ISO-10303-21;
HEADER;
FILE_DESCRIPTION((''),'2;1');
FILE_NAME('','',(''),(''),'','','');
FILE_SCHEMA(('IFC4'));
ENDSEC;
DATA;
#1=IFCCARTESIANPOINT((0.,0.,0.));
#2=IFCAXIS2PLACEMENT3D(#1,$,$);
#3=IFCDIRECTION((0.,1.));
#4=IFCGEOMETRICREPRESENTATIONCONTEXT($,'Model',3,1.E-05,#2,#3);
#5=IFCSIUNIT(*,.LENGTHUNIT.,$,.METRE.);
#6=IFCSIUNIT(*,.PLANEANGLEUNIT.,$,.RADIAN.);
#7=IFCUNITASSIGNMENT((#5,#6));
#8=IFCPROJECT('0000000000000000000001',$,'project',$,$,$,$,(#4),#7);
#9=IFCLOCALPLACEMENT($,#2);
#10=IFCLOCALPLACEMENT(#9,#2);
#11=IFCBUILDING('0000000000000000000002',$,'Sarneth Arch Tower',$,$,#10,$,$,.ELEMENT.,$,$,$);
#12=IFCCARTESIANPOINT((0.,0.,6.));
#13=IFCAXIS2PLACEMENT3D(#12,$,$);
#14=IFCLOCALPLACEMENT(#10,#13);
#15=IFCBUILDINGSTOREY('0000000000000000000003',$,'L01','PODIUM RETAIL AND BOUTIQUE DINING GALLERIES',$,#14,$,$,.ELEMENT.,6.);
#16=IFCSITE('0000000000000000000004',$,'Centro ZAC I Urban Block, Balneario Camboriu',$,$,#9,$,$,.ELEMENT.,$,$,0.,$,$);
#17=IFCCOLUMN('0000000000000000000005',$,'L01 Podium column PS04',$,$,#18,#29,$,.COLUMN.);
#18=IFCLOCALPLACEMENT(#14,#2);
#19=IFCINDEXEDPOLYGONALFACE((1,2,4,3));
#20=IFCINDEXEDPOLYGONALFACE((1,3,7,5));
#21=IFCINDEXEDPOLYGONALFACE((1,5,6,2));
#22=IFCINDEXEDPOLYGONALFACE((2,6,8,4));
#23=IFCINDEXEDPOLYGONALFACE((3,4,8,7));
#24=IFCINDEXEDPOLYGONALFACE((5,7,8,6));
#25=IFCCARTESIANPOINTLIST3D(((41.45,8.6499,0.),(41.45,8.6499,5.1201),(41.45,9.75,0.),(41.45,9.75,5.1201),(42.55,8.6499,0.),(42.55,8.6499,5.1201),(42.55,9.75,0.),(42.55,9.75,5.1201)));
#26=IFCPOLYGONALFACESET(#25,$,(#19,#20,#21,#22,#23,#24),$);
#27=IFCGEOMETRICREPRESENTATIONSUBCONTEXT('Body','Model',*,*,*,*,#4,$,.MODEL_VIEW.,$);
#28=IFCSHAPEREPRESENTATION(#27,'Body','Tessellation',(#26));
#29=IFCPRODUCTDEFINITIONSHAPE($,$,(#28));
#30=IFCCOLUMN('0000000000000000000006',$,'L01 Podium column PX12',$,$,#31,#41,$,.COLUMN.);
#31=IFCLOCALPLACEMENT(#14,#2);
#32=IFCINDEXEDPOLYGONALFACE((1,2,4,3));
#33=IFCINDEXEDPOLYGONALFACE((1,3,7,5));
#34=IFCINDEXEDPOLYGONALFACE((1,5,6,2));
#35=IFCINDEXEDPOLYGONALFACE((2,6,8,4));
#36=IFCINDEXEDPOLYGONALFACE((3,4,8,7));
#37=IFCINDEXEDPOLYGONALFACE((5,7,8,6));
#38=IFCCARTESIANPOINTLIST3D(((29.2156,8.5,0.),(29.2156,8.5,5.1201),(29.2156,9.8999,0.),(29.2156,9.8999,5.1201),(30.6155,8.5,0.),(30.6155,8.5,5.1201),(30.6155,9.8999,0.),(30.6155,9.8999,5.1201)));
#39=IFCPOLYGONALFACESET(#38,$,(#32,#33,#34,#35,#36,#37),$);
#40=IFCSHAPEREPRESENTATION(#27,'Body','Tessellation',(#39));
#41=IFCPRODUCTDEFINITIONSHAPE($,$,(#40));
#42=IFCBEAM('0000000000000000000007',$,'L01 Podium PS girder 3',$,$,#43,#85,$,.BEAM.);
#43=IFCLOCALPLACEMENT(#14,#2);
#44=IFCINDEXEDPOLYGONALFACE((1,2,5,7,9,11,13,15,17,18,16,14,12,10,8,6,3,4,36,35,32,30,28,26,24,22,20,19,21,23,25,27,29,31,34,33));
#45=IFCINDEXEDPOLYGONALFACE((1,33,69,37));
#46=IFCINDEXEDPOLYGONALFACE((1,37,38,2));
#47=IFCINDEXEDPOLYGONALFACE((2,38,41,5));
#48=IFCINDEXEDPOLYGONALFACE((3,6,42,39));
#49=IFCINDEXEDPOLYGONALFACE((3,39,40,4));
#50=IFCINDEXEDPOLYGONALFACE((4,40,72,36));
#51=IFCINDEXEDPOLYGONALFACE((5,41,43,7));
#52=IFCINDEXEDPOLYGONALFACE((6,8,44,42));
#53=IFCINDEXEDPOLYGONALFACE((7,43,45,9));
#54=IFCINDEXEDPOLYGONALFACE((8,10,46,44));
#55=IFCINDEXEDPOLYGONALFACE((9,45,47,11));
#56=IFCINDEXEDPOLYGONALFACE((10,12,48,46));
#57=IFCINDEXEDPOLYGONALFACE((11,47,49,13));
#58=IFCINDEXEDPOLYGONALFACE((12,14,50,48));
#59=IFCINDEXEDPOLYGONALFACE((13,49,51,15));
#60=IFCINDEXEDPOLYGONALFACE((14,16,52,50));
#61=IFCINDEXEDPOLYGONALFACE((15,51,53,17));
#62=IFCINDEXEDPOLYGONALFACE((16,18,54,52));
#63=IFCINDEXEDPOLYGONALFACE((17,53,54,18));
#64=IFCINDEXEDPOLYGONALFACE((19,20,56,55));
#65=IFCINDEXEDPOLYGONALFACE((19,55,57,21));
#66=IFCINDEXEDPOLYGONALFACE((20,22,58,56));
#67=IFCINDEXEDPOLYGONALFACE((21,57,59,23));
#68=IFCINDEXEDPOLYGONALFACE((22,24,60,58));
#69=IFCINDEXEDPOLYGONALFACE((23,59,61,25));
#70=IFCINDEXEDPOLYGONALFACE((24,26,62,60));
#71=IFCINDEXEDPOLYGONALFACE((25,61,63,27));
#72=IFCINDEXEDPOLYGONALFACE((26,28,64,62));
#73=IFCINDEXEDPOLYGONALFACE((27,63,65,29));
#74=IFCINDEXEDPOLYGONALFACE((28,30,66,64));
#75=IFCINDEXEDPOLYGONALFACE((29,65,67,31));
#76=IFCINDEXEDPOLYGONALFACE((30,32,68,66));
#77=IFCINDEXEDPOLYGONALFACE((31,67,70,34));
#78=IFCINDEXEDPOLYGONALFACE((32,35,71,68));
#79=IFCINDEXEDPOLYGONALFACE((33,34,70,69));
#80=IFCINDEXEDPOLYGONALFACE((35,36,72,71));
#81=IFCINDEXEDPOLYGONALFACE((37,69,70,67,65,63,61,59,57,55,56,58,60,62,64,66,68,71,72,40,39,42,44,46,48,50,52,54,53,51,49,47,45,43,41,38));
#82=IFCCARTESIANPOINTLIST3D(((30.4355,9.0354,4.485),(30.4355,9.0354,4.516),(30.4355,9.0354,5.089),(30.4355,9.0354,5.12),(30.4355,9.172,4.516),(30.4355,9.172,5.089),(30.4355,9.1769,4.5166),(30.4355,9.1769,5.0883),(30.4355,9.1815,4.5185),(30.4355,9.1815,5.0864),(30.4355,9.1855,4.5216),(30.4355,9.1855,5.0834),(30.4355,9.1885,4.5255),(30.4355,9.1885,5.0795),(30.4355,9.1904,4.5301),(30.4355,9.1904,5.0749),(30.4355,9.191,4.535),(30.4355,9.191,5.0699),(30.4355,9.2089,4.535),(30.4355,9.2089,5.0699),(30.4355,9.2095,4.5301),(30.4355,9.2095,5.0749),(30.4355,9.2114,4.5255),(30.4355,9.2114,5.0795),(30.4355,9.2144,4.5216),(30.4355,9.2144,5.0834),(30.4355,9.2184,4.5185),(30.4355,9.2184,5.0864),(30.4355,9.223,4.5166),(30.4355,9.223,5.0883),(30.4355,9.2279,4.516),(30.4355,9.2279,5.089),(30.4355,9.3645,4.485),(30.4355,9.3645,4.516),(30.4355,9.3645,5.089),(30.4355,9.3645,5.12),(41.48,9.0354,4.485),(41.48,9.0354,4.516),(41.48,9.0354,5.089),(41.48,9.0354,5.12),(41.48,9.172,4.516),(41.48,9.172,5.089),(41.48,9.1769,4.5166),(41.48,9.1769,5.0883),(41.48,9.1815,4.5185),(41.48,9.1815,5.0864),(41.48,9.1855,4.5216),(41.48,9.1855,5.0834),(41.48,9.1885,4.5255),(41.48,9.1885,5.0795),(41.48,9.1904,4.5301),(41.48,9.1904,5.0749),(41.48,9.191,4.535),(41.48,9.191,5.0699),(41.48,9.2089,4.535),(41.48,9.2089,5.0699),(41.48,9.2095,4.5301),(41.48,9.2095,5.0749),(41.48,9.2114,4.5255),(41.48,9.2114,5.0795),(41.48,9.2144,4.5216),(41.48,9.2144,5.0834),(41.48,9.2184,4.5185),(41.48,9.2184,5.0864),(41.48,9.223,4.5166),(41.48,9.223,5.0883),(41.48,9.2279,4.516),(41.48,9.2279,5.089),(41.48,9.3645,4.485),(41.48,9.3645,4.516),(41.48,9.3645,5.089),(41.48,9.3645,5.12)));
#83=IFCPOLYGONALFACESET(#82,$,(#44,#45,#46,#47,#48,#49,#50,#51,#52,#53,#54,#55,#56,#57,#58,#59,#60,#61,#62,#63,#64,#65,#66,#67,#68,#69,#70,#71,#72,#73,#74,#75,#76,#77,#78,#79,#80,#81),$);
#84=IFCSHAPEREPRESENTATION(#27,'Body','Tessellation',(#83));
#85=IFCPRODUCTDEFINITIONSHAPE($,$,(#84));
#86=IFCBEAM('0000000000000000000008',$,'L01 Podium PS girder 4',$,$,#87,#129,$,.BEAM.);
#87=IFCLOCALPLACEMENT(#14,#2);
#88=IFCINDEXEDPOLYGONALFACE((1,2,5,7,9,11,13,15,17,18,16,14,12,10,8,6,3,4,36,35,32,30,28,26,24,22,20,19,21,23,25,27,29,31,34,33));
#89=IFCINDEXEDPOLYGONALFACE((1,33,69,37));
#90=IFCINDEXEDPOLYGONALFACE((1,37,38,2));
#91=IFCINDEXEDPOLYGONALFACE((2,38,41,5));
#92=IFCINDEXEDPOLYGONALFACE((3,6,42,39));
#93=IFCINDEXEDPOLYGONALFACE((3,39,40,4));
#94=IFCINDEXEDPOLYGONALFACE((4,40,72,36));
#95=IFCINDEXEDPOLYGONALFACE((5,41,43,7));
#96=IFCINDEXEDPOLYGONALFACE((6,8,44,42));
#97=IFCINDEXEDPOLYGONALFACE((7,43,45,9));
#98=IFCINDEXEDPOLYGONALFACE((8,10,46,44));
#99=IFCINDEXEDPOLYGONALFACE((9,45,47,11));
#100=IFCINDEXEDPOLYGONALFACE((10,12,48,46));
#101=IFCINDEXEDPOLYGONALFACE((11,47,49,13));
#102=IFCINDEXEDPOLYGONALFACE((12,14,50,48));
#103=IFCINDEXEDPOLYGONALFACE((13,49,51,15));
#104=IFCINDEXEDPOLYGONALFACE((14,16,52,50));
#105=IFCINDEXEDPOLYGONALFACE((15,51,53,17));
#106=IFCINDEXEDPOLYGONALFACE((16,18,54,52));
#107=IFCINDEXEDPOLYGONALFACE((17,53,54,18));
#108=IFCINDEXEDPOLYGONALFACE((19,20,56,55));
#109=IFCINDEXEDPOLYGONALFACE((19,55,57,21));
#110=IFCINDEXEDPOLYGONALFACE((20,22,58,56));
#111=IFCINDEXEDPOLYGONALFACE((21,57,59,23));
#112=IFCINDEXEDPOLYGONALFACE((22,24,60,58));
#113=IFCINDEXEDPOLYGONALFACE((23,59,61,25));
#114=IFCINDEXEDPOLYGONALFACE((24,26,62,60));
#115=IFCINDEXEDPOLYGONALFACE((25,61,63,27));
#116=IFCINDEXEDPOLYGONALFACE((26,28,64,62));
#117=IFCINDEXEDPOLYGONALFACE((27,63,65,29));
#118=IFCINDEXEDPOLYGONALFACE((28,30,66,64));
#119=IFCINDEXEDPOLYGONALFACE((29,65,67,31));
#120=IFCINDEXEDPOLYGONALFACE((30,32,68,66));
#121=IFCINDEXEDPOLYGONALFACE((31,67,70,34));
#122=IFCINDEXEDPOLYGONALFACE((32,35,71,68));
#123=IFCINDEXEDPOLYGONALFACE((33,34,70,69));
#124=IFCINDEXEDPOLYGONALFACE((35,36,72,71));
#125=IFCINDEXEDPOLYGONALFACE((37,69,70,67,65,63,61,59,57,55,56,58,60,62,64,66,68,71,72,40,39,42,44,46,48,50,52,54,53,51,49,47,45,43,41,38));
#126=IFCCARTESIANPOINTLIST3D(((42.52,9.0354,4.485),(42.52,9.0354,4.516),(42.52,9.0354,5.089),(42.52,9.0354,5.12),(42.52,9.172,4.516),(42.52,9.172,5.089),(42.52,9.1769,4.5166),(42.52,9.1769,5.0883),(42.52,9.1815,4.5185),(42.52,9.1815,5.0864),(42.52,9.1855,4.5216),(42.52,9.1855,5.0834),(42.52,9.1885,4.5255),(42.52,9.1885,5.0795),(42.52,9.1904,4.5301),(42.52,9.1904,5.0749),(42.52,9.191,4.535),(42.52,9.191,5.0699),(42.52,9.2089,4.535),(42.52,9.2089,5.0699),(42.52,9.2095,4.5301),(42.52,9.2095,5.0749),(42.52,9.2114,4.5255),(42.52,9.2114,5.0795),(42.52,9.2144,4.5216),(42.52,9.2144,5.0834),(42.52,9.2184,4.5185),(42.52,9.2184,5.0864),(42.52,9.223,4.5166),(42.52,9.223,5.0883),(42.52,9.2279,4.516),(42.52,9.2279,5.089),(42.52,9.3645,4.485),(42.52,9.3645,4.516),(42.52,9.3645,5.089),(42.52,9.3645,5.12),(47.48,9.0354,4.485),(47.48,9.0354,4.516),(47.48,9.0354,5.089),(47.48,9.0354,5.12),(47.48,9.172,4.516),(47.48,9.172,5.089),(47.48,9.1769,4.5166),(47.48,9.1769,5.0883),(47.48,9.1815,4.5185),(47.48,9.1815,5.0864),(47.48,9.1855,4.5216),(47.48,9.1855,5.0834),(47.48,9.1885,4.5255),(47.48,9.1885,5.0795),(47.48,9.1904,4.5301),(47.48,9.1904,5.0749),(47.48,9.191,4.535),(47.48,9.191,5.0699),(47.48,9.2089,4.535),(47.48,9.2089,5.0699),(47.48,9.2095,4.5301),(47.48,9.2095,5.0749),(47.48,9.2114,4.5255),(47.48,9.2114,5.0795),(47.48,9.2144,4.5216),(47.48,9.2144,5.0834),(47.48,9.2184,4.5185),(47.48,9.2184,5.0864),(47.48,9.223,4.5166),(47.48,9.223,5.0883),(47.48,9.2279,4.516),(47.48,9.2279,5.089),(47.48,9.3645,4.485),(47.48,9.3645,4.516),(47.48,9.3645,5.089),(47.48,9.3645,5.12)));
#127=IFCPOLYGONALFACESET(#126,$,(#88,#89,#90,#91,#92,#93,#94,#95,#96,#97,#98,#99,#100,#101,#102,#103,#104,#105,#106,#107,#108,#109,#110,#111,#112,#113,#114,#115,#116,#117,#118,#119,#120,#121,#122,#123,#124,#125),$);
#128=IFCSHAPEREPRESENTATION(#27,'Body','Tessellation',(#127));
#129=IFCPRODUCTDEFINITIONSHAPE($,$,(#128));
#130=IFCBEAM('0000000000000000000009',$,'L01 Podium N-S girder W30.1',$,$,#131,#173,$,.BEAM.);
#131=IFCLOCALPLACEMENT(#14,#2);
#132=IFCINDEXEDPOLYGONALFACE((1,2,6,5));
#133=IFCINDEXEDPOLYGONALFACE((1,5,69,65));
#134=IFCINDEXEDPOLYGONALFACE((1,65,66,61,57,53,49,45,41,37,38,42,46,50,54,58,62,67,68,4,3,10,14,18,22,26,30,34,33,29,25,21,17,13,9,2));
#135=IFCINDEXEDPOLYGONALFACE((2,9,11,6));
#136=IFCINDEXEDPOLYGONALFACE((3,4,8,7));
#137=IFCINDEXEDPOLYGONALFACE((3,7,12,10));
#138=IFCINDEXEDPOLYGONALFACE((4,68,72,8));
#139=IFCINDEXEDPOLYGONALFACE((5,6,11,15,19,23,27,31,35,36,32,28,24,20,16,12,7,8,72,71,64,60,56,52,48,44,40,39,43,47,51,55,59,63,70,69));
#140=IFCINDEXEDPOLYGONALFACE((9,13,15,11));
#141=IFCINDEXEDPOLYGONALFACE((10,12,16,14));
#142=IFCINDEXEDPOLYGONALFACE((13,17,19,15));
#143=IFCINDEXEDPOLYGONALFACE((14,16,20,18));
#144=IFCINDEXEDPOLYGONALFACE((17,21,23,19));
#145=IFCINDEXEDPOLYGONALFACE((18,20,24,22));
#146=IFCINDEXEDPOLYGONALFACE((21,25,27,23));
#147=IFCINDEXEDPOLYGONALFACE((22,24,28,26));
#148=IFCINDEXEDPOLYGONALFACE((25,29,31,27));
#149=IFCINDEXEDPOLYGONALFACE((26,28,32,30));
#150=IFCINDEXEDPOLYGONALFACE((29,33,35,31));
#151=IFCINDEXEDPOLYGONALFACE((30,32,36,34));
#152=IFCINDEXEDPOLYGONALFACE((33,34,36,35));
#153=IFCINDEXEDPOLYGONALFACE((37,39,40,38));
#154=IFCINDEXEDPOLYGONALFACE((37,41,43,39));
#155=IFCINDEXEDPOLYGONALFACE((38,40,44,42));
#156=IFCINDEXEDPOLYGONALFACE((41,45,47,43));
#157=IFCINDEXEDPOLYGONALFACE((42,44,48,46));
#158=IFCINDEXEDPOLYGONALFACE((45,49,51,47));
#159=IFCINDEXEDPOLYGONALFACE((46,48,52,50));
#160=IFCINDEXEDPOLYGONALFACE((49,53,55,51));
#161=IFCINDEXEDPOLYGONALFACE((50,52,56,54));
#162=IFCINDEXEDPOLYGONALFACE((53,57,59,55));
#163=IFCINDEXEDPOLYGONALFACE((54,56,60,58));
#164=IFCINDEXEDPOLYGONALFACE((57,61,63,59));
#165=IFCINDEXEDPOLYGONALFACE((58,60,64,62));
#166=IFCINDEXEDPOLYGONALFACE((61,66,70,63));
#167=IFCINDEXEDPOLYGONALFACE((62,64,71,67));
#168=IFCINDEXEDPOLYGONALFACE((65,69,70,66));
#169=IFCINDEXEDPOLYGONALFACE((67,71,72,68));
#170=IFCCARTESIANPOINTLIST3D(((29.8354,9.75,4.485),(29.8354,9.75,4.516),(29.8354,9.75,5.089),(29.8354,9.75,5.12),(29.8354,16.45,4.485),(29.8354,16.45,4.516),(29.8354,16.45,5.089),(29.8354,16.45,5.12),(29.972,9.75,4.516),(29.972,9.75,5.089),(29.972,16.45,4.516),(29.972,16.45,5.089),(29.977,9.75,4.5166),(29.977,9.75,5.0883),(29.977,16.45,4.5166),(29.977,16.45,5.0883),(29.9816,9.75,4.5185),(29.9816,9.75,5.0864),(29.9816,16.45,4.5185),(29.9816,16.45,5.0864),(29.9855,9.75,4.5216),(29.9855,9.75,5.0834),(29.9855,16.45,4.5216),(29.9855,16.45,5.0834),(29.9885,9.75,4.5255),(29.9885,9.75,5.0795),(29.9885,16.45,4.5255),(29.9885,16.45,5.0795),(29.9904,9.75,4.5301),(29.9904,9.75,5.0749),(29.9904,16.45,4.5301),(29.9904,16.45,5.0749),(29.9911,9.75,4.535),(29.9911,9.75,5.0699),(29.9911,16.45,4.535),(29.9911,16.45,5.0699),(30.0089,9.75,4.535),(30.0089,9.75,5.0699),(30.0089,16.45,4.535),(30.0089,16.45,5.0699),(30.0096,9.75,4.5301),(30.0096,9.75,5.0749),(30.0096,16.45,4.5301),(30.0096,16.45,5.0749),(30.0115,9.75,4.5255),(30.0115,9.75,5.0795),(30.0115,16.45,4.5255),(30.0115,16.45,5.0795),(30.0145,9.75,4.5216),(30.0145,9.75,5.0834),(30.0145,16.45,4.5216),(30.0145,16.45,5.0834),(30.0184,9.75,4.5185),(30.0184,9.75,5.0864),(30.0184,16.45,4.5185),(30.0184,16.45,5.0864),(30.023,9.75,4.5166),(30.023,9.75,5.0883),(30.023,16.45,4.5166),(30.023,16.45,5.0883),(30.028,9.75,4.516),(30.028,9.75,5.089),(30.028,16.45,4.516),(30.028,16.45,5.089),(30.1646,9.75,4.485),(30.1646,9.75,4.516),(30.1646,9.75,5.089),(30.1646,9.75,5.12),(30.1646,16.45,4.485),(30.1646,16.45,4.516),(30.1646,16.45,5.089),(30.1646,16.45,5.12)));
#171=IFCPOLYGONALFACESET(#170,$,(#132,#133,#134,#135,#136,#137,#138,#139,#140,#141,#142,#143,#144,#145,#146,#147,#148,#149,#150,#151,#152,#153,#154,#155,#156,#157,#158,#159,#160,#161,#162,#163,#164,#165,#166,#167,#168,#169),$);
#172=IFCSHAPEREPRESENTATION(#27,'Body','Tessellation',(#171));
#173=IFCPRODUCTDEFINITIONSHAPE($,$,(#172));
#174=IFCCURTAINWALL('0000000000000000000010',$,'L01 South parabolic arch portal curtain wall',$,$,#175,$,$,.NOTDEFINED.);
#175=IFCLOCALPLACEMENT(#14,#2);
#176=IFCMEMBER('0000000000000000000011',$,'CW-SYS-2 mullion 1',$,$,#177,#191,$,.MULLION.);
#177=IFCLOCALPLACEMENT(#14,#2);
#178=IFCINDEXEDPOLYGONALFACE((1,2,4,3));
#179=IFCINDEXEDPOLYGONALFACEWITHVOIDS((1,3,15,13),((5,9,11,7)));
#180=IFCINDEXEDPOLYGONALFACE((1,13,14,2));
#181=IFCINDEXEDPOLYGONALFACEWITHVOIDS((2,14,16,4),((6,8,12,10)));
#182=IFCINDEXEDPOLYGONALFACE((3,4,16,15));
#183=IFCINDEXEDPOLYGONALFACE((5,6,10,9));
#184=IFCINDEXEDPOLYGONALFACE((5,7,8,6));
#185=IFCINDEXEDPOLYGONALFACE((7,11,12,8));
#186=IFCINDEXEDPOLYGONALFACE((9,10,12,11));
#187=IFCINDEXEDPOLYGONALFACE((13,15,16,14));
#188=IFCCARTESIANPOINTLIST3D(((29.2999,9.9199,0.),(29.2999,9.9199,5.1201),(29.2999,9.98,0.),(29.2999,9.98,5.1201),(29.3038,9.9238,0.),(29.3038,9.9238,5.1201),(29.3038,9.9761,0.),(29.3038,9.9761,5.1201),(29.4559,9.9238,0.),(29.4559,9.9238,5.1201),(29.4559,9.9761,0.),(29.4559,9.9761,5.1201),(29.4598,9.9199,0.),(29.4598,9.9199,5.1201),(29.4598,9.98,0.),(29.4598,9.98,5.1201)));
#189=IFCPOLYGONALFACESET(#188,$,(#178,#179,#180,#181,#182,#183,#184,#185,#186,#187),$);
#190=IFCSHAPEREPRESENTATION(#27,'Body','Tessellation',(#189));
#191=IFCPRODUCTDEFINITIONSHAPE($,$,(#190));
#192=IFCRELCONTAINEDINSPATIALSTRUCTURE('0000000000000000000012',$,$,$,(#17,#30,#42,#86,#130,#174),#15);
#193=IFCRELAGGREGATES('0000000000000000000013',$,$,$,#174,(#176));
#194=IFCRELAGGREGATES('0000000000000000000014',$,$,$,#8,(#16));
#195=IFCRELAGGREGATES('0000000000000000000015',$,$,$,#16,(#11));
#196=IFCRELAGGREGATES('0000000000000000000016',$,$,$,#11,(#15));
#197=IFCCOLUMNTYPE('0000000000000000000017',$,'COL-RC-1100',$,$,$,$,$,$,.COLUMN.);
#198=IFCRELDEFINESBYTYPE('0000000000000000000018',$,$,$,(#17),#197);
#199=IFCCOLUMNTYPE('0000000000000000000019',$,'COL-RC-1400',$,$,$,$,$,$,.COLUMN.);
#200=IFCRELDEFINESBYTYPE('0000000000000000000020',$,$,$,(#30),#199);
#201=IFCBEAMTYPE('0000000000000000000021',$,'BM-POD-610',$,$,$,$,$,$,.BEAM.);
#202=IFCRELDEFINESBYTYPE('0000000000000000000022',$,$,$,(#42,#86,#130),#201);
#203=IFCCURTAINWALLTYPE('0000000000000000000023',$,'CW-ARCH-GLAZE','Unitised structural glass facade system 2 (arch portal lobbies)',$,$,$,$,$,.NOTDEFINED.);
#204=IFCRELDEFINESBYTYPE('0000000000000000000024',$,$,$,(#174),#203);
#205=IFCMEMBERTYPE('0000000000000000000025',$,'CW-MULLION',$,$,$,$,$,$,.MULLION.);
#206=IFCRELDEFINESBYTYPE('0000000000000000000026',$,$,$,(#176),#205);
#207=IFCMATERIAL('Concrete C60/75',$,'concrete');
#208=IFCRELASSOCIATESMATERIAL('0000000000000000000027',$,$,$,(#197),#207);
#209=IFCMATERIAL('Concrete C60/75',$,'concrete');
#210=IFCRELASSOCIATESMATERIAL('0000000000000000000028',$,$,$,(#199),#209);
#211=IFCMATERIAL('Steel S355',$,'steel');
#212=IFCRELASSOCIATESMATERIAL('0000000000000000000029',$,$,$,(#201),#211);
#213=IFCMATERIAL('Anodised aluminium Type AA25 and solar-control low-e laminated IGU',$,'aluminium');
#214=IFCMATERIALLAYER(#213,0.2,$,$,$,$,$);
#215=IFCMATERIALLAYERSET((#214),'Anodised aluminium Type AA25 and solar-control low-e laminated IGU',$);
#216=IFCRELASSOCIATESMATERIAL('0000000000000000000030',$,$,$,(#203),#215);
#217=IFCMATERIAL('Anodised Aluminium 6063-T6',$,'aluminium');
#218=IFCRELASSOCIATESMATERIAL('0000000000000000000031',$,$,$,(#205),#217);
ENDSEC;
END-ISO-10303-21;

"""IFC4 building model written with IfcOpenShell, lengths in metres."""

from ifc_helpers import new_model, si_unit, direction, frame, origin, origin_2d, place, context, subcontext, project, spatial, rectangle, hollow_rectangle, i_section, extrude, material, layer, layer_set, material_profile, profile_set, type_object, element, aggregate, save


model = new_model("IFC4")

# Units and contexts
model_context = context("Model", 3, precision=1e-05, world=origin(), true_north=direction((0.0, 1.0)))
body_context = subcontext(model_context, "Body", "Model", "MODEL_VIEW")
ifc_project = project(units=[si_unit("LENGTHUNIT", "METRE"), si_unit("PLANEANGLEUNIT", "RADIAN")], contexts=[model_context])

# Site, building, storey
site_placement = place(None, origin())
site = spatial("IfcSite", under=ifc_project, at=site_placement, Name="Centro ZAC I Urban Block, Balneario Camboriu", CompositionType="ELEMENT", RefElevation=0.0)
building_placement = place(site_placement, origin())
building = spatial("IfcBuilding", under=site, at=building_placement, Name="Sarneth Arch Tower", CompositionType="ELEMENT")
storey_placement = place(building_placement, frame((0.0, 0.0, 6.0)))
storey = spatial("IfcBuildingStorey", under=building, at=storey_placement, Name="L01", Description="PODIUM RETAIL AND BOUTIQUE DINING GALLERIES", CompositionType="ELEMENT", Elevation=6.0)

# Columns
ifc_material_1 = material(Name="Concrete C60/75", Category="concrete")
ifc_material_profile_1 = material_profile(ifc_material_1, rectangle(XDim=1.1001, YDim=1.1001, at=origin_2d()), Name="RC-1100x1100")
ifc_profile_set_1 = profile_set([ifc_material_profile_1], Name="Concrete C60/75")
column_type_1 = type_object("IfcColumnType", Name="COL-RC-1100", PredefinedType="COLUMN", material=ifc_profile_set_1)
column_1_placement = place(storey_placement, frame((42.0, 9.2, 0.0), z_axis=(0.0, 0.0, 1.0), x_axis=(1.0, 0.0, 0.0)))
element("IfcColumn", 1, at=column_1_placement, inside=storey, type_object=column_type_1, Name="L01 Podium column PS04", PredefinedType="COLUMN", context=body_context, shape_type="SweptSolid", body=[
    extrude(rectangle(XDim=1.1001, YDim=1.1001, at=origin_2d()), origin(), (0.0, 0.0, 1.0), 5.1201),
])
ifc_material_2 = material(Name="Concrete C60/75", Category="concrete")
ifc_material_profile_2 = material_profile(ifc_material_2, rectangle(XDim=1.3999, YDim=1.3999, at=origin_2d()), Name="RC-1400x1400")
ifc_profile_set_2 = profile_set([ifc_material_profile_2], Name="Concrete C60/75")
column_type_2 = type_object("IfcColumnType", Name="COL-RC-1400", PredefinedType="COLUMN", material=ifc_profile_set_2)
column_2_placement = place(storey_placement, frame((29.9155, 9.2, 0.0), z_axis=(0.0, 0.0, 1.0), x_axis=(1.0, 0.0, 0.0)))
element("IfcColumn", 2, at=column_2_placement, inside=storey, type_object=column_type_2, Name="L01 Podium column PX12", PredefinedType="COLUMN", context=body_context, shape_type="SweptSolid", body=[
    extrude(rectangle(XDim=1.3999, YDim=1.3999, at=origin_2d()), origin(), (0.0, 0.0, 1.0), 5.1201),
])

# Beams
ifc_material_3 = material(Name="Steel S355", Category="steel")
ifc_material_profile_3 = material_profile(ifc_material_3, i_section(OverallWidth=0.3291, OverallDepth=0.635, WebThickness=0.0178, FlangeThickness=0.031, FilletRadius=0.019, at=origin_2d()), Name="W610x241")
ifc_profile_set_3 = profile_set([ifc_material_profile_3], Name="Steel S355")
beam_type = type_object("IfcBeamType", Name="BM-POD-610", PredefinedType="BEAM", material=ifc_profile_set_3)
beam_1_placement = place(storey_placement, frame((30.4355, 9.2, 4.8025), z_axis=(1.0, 0.0, 0.0), x_axis=(0.0, 1.0, 0.0)))
element("IfcBeam", 3, at=beam_1_placement, inside=storey, type_object=beam_type, Name="L01 Podium PS girder 3", PredefinedType="BEAM", context=body_context, shape_type="SweptSolid", body=[
    extrude(i_section(OverallWidth=0.3291, OverallDepth=0.635, WebThickness=0.0178, FlangeThickness=0.031, FilletRadius=0.019, at=origin_2d()), origin(), (0.0, 0.0, 1.0), 11.0444),
])
beam_2_placement = place(storey_placement, frame((42.52, 9.2, 4.8025), z_axis=(1.0, 0.0, 0.0), x_axis=(0.0, 1.0, 0.0)))
element("IfcBeam", 4, at=beam_2_placement, inside=storey, type_object=beam_type, Name="L01 Podium PS girder 4", PredefinedType="BEAM", context=body_context, shape_type="SweptSolid", body=[
    extrude(i_section(OverallWidth=0.3291, OverallDepth=0.635, WebThickness=0.0178, FlangeThickness=0.031, FilletRadius=0.019, at=origin_2d()), origin(), (0.0, 0.0, 1.0), 4.96),
])
beam_3_placement = place(storey_placement, frame((30.0, 9.75, 4.8025), z_axis=(0.0, 1.0, 0.0), x_axis=(-1.0, 0.0, 0.0)))
element("IfcBeam", 5, at=beam_3_placement, inside=storey, type_object=beam_type, Name="L01 Podium N-S girder W30.1", PredefinedType="BEAM", context=body_context, shape_type="SweptSolid", body=[
    extrude(i_section(OverallWidth=0.3291, OverallDepth=0.635, WebThickness=0.0178, FlangeThickness=0.031, FilletRadius=0.019, at=origin_2d()), origin(), (0.0, 0.0, 1.0), 6.7),
])

# Curtain wall, member
ifc_material_4 = material(Name="Anodised aluminium Type AA25 and solar-control low-e laminated IGU", Category="aluminium")
ifc_layer_1 = layer(ifc_material_4, 0.2)
ifc_layer_set_1 = layer_set([ifc_layer_1], Name="Anodised aluminium Type AA25 and solar-control low-e laminated IGU")
curtain_wall_type = type_object("IfcCurtainWallType", Name="CW-ARCH-GLAZE", Description="Unitised structural glass facade system 2 (arch portal lobbies)", PredefinedType="NOTDEFINED", material=ifc_layer_set_1)
curtain_wall_placement = place(storey_placement, origin())
curtain_wall = element("IfcCurtainWall", 6, at=curtain_wall_placement, inside=storey, type_object=curtain_wall_type, Name="L01 South parabolic arch portal curtain wall", PredefinedType="NOTDEFINED")
ifc_material_5 = material(Name="Anodised Aluminium 6063-T6", Category="aluminium")
ifc_material_profile_4 = material_profile(ifc_material_5, hollow_rectangle(XDim=0.0601, YDim=0.1599, WallThickness=0.0039, at=origin_2d()), Name="AL-MULL-160x60x4")
ifc_profile_set_4 = profile_set([ifc_material_profile_4], Name="Anodised Aluminium 6063-T6")
member_type_1 = type_object("IfcMemberType", Name="CW-MULLION", PredefinedType="MULLION", material=ifc_profile_set_4)
member_1_placement = place(storey_placement, frame((29.3799, 9.95, 0.0), z_axis=(0.0, 0.0, 1.0), x_axis=(0.0, 1.0, 0.0)))
member_1 = element("IfcMember", 7, at=member_1_placement, type_object=member_type_1, Name="CW-SYS-2 mullion 1", PredefinedType="MULLION", context=body_context, shape_type="SweptSolid", body=[
    extrude(hollow_rectangle(XDim=0.0601, YDim=0.1599, WallThickness=0.0039, at=origin_2d()), origin(), (0.0, 0.0, 1.0), 5.1201),
])

aggregate(curtain_wall, [member_1])

save(model, "model.ifc")
